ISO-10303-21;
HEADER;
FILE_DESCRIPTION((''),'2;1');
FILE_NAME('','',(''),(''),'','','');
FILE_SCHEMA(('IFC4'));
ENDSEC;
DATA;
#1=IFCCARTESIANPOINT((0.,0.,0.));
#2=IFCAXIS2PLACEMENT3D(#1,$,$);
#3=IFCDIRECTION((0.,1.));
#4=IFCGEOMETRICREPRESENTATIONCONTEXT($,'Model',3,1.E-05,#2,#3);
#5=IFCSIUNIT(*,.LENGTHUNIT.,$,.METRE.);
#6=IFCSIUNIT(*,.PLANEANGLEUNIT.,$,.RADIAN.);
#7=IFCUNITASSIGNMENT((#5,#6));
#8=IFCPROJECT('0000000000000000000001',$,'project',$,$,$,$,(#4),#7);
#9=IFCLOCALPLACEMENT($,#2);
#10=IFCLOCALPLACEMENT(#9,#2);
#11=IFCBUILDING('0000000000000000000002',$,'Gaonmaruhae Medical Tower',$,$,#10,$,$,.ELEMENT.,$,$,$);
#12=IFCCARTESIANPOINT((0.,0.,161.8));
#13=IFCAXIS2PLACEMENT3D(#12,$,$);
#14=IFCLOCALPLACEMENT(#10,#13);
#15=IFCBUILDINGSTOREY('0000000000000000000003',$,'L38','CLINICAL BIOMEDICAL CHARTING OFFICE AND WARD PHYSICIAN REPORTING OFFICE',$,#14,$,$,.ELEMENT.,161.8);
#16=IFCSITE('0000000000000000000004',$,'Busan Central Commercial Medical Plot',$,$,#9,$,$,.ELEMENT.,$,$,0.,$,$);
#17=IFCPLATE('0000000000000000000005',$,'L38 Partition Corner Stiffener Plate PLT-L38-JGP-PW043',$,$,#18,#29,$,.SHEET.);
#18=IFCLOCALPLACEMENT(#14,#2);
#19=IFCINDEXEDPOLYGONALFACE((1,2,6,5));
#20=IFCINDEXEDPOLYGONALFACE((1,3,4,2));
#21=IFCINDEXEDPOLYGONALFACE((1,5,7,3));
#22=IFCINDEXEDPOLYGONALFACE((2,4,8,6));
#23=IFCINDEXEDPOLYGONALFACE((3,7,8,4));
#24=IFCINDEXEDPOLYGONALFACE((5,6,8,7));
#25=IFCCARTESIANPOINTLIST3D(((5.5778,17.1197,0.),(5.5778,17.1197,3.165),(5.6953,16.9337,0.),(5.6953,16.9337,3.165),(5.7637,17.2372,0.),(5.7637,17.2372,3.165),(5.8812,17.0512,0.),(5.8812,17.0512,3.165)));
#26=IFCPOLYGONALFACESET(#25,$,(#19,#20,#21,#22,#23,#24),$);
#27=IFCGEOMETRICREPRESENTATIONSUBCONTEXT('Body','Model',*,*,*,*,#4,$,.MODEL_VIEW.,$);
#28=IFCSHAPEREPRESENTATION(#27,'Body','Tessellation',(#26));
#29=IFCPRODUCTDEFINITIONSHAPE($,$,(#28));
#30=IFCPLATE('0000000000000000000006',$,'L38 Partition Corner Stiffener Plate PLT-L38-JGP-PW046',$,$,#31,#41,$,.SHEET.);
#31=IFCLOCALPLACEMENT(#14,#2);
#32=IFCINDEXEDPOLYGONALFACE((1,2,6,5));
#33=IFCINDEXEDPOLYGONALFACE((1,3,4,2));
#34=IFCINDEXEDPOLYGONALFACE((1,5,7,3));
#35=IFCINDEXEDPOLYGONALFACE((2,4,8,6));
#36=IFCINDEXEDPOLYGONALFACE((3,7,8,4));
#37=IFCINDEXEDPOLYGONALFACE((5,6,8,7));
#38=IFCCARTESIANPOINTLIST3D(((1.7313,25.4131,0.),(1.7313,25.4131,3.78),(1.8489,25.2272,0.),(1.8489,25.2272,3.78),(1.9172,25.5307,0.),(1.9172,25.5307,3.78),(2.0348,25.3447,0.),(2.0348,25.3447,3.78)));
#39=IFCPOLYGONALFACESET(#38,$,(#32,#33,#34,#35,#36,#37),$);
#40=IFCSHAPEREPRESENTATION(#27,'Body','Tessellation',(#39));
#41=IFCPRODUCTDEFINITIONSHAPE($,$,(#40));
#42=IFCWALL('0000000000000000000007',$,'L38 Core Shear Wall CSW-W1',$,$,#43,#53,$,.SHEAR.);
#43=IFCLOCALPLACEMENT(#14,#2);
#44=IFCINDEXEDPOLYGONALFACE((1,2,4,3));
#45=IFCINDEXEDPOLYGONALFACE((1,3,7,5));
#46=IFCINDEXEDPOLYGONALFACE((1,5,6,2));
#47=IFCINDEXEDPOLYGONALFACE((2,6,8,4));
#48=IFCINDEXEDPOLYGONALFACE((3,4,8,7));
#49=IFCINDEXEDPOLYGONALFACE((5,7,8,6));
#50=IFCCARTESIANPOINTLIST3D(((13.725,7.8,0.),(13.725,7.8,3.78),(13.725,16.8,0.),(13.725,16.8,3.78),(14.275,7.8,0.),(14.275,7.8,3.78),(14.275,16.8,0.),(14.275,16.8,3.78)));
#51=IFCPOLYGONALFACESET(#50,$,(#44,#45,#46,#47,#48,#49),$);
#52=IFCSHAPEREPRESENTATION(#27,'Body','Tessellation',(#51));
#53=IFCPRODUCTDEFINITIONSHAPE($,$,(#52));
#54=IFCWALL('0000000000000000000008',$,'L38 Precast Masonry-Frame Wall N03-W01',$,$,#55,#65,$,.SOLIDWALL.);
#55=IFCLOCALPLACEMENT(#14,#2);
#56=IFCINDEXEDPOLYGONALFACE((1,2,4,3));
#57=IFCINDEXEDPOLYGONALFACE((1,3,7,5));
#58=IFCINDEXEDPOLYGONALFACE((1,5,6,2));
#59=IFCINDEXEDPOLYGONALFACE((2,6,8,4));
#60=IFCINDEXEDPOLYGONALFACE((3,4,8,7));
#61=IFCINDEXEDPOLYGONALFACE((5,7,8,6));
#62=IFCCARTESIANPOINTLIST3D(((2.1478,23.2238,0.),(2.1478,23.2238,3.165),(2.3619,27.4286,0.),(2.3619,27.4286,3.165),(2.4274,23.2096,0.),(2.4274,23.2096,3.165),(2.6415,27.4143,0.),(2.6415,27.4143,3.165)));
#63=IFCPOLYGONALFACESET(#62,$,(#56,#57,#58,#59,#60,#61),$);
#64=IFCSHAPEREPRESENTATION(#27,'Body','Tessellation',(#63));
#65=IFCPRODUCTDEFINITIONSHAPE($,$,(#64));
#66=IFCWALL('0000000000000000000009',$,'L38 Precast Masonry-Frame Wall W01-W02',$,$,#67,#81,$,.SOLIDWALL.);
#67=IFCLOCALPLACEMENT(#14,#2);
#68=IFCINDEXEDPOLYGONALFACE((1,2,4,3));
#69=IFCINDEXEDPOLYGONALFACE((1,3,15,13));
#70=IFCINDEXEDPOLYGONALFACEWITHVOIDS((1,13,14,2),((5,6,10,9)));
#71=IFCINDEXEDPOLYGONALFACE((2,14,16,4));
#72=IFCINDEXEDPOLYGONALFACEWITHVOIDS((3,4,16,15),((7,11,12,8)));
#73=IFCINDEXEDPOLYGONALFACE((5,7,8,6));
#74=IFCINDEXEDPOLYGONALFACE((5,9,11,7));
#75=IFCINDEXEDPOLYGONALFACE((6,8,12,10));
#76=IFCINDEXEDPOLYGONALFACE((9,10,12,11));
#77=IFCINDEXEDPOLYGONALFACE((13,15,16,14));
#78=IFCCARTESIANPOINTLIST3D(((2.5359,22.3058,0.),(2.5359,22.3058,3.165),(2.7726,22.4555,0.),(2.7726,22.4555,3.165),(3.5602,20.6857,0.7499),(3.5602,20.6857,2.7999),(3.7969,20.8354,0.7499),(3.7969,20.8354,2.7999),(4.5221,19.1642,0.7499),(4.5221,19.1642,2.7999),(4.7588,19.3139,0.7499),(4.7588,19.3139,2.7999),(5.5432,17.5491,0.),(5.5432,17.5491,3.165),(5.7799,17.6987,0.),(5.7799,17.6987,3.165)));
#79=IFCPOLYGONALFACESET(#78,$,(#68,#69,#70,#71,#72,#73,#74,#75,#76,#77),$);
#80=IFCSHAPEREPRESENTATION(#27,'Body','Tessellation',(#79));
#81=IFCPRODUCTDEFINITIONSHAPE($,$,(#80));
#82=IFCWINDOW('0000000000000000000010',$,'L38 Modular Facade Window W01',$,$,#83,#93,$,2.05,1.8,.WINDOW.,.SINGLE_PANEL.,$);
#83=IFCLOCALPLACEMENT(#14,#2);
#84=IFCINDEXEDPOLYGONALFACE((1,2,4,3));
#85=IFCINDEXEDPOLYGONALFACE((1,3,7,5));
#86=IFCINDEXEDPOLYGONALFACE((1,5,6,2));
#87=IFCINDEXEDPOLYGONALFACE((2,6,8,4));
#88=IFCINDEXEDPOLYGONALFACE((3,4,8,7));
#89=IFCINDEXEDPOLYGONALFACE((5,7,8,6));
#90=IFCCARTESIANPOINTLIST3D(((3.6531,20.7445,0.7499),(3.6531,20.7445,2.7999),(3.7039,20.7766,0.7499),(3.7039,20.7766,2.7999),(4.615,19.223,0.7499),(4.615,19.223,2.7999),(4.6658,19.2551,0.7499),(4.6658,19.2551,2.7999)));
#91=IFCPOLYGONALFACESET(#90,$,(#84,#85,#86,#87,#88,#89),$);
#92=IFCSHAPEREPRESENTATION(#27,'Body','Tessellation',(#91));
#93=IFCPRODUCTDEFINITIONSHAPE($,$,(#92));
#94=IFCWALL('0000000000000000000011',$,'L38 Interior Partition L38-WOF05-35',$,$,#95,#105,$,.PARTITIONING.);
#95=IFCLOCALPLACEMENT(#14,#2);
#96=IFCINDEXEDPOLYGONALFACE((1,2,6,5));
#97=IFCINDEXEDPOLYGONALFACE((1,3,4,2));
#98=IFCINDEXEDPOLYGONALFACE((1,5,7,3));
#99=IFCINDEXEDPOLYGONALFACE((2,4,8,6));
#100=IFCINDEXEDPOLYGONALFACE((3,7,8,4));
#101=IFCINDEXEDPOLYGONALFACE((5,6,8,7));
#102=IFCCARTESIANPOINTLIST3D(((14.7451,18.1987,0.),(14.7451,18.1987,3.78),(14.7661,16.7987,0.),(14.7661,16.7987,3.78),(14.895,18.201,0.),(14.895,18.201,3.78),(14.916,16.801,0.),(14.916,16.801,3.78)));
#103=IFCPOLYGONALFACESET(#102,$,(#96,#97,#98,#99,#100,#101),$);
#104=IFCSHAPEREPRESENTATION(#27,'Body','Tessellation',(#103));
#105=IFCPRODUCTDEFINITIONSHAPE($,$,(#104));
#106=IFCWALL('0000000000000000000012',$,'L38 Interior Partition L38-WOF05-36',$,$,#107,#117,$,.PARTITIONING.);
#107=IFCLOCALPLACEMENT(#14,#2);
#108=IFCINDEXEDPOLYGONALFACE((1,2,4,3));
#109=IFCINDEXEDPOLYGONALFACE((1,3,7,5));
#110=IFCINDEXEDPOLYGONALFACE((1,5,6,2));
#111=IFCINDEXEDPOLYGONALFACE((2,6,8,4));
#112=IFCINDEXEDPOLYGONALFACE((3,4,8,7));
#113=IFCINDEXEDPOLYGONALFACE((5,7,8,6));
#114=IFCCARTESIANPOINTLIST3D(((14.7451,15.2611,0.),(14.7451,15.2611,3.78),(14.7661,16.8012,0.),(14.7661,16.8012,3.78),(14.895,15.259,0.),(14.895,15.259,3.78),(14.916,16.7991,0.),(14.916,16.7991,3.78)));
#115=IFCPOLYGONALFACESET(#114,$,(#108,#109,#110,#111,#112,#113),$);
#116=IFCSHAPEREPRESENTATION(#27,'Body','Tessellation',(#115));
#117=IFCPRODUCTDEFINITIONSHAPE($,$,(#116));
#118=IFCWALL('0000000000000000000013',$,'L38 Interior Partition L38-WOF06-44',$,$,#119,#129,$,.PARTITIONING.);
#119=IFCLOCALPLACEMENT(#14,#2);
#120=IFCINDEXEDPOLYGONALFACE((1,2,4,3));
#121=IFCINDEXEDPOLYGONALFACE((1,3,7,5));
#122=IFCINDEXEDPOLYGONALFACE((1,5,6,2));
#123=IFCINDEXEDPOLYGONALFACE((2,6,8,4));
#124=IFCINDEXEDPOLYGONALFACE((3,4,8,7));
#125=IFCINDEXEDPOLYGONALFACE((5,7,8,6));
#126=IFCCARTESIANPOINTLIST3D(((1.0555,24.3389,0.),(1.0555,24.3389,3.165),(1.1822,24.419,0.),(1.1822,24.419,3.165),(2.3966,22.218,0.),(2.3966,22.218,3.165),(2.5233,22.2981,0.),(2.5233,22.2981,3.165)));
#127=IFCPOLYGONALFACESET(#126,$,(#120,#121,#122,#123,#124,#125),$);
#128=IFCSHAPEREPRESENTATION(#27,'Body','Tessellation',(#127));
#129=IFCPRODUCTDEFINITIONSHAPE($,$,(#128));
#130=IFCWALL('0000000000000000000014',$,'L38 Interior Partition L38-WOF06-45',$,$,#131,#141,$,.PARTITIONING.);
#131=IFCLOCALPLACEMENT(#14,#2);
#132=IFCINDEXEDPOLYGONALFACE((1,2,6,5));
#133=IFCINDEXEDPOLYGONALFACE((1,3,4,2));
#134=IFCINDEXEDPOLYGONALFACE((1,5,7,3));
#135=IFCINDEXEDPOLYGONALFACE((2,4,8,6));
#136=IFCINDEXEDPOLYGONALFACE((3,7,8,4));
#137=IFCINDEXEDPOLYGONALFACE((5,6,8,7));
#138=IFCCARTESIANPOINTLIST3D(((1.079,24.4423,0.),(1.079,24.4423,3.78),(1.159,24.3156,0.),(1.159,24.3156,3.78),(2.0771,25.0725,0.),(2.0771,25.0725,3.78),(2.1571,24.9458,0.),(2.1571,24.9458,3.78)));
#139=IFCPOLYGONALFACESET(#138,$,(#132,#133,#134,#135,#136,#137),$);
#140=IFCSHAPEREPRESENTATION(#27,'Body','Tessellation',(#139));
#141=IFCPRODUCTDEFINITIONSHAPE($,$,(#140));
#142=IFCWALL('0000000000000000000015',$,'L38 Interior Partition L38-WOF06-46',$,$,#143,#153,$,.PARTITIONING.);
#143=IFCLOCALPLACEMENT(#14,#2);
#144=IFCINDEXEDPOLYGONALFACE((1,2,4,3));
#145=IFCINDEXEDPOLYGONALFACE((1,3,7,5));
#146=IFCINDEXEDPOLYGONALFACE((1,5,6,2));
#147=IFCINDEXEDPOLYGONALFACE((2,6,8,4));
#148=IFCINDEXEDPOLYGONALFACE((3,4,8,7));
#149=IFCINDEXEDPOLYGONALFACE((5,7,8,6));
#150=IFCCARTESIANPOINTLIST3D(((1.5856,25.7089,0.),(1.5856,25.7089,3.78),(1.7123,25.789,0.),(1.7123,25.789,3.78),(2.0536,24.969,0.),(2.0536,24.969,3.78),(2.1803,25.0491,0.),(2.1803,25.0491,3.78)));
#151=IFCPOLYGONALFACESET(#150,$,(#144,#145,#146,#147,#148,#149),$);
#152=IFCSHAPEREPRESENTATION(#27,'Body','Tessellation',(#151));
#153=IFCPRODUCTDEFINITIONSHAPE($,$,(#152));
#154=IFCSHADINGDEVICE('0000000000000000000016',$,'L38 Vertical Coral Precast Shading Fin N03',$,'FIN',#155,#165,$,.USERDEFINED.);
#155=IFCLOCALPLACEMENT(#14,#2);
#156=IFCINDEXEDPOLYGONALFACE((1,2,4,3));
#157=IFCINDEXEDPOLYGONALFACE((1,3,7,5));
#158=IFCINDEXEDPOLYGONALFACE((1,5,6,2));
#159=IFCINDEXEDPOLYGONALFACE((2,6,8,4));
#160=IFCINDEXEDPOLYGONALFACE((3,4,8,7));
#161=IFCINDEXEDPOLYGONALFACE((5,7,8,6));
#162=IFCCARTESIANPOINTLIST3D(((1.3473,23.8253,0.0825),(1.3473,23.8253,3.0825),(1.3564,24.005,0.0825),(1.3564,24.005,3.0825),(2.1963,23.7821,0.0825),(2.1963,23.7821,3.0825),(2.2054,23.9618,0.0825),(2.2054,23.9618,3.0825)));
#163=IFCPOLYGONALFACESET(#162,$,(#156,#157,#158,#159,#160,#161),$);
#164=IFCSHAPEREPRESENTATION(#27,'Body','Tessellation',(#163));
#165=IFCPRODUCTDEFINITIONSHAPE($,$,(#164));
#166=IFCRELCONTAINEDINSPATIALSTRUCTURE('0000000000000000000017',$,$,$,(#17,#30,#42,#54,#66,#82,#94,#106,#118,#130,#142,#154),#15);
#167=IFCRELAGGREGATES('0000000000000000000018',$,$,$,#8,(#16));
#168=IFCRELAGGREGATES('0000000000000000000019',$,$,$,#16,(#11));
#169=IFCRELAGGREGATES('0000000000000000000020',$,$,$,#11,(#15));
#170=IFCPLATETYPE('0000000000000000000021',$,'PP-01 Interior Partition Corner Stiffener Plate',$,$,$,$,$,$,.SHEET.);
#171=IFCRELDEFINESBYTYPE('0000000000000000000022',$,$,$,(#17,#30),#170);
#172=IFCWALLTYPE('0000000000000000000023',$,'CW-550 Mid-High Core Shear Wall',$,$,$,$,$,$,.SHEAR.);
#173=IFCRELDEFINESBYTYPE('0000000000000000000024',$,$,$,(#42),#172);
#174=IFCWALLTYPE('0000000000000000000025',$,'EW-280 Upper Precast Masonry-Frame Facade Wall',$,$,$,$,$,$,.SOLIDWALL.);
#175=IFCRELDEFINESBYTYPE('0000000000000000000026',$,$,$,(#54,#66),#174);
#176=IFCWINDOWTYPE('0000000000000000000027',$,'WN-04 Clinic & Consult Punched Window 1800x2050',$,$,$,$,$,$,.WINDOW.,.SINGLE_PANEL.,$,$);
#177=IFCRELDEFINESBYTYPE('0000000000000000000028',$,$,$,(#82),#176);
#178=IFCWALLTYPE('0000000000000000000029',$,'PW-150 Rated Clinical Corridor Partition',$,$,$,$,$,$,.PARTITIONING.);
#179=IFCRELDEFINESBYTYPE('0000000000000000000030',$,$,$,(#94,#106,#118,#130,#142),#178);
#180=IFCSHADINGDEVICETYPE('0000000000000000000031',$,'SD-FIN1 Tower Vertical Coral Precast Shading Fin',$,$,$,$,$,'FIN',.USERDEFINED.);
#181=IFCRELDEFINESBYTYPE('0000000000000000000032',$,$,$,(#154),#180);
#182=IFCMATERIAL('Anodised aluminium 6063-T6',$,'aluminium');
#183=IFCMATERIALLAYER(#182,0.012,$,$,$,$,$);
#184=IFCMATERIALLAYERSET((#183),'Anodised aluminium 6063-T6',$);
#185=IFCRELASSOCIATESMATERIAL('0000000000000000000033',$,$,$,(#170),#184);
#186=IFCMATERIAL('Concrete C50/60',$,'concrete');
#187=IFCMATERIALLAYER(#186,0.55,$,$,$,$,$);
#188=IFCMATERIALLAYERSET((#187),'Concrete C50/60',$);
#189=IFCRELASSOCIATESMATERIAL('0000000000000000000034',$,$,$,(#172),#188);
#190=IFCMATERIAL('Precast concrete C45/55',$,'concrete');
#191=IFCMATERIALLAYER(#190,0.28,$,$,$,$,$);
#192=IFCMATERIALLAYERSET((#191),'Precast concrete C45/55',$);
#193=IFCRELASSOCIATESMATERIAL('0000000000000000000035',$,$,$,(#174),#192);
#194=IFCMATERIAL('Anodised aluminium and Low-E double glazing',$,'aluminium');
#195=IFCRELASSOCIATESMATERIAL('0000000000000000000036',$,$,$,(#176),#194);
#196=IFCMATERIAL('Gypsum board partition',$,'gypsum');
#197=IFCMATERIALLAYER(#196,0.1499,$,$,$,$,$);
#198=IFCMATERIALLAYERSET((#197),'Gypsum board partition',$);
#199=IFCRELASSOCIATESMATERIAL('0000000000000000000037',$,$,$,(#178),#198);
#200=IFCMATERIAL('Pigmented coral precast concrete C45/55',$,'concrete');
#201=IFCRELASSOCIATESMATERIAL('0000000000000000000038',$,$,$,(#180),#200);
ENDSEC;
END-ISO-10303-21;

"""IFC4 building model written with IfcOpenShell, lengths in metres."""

from ifc_helpers import new_model, si_unit, direction, frame, frame_2d, origin, origin_2d, place, context, subcontext, project, spatial, rectangle, extrude, material, layer, layer_set, type_object, element, fill, save


model = new_model("IFC4")

# Units and contexts
model_context = context("Model", 3, precision=1e-05, world=origin(), true_north=direction((0.0, 1.0)))
body_context = subcontext(model_context, "Body", "Model", "MODEL_VIEW")
ifc_project = project(units=[si_unit("LENGTHUNIT", "METRE"), si_unit("PLANEANGLEUNIT", "RADIAN")], contexts=[model_context])

# Site, building, storey
site_placement = place(None, origin())
site = spatial("IfcSite", under=ifc_project, at=site_placement, Name="Busan Central Commercial Medical Plot", CompositionType="ELEMENT", RefElevation=0.0)
building_placement = place(site_placement, origin())
building = spatial("IfcBuilding", under=site, at=building_placement, Name="Gaonmaruhae Medical Tower", CompositionType="ELEMENT")
storey_placement = place(building_placement, frame((0.0, 0.0, 161.8)))
storey = spatial("IfcBuildingStorey", under=building, at=storey_placement, Name="L38", Description="CLINICAL BIOMEDICAL CHARTING OFFICE AND WARD PHYSICIAN REPORTING OFFICE", CompositionType="ELEMENT", Elevation=161.8)

# Shared definitions
ifc_material_1 = material(Name="Concrete C50/60", Category="concrete")

# Plates
ifc_material_2 = material(Name="Anodised aluminium 6063-T6", Category="aluminium")
ifc_layer_1 = layer(ifc_material_2, 0.012)
ifc_layer_set_1 = layer_set([ifc_layer_1], Name="Anodised aluminium 6063-T6")
plate_type = type_object("IfcPlateType", Name="PP-01 Interior Partition Corner Stiffener Plate", PredefinedType="SHEET", material=ifc_layer_set_1)
plate_1_placement = place(storey_placement, frame((5.7295, 17.0854, 0.0), z_axis=(0.0, 0.0, 1.0), x_axis=(-0.534102, 0.84542, 0.0)))
element("IfcPlate", 1, at=plate_1_placement, inside=storey, type_object=plate_type, Name="L38 Partition Corner Stiffener Plate PLT-L38-JGP-PW043", PredefinedType="SHEET", context=body_context, shape_type="SweptSolid", body=[
    extrude(rectangle(XDim=0.22, YDim=0.22, at=origin_2d()), origin(), (0.0, 0.0, 1.0), 3.165),
])
plate_2_placement = place(storey_placement, frame((1.8831, 25.3789, 0.0), z_axis=(0.0, 0.0, 1.0), x_axis=(-0.534515, 0.845159, 0.0)))
element("IfcPlate", 2, at=plate_2_placement, inside=storey, type_object=plate_type, Name="L38 Partition Corner Stiffener Plate PLT-L38-JGP-PW046", PredefinedType="SHEET", context=body_context, shape_type="SweptSolid", body=[
    extrude(rectangle(XDim=0.22, YDim=0.22, at=origin_2d()), origin(), (0.0, 0.0, 1.0), 3.78),
])

# Walls
ifc_layer_2 = layer(ifc_material_1, 0.55)
ifc_layer_set_2 = layer_set([ifc_layer_2], Name="Concrete C50/60")
wall_type_1 = type_object("IfcWallType", Name="CW-550 Mid-High Core Shear Wall", PredefinedType="SHEAR", material=ifc_layer_set_2)
wall_1_placement = place(storey_placement, frame((14.0, 16.8, 0.0), z_axis=(0.0, 0.0, 1.0), x_axis=(0.0, -1.0, 0.0)))
element("IfcWall", 3, at=wall_1_placement, inside=storey, type_object=wall_type_1, Name="L38 Core Shear Wall CSW-W1", PredefinedType="SHEAR", context=body_context, shape_type="SweptSolid", body=[
    extrude(rectangle(XDim=9.0, YDim=0.55, at=frame_2d((4.5, 0.0))), origin(), (0.0, 0.0, 1.0), 3.78),
])
ifc_material_3 = material(Name="Precast concrete C45/55", Category="concrete")
ifc_layer_3 = layer(ifc_material_3, 0.28)
ifc_layer_set_3 = layer_set([ifc_layer_3], Name="Precast concrete C45/55")
wall_type_2 = type_object("IfcWallType", Name="EW-280 Upper Precast Masonry-Frame Facade Wall", PredefinedType="SOLIDWALL", material=ifc_layer_set_3)
wall_2_placement = place(storey_placement, frame((2.2876, 23.2168, 0.0), z_axis=(0.0, 0.0, 1.0), x_axis=(0.050854, 0.998706, 0.0)))
element("IfcWall", 4, at=wall_2_placement, inside=storey, type_object=wall_type_2, Name="L38 Precast Masonry-Frame Wall N03-W01", PredefinedType="SOLIDWALL", context=body_context, shape_type="SweptSolid", body=[
    extrude(rectangle(XDim=4.2102, YDim=0.28, at=frame_2d((2.105, 0.0))), origin(), (0.0, 0.0, 1.0), 3.165),
])

# Wall, opening, window
wall_3_placement = place(storey_placement, frame((5.6616, 17.6238, 0.0), z_axis=(0.0, 0.0, 1.0), x_axis=(-0.534375, 0.845248, 0.0)))
wall_3 = element("IfcWall", 5, at=wall_3_placement, inside=storey, type_object=wall_type_2, Name="L38 Precast Masonry-Frame Wall W01-W02", PredefinedType="SOLIDWALL", context=body_context, shape_type="SweptSolid", body=[
    extrude(rectangle(XDim=5.6277, YDim=0.28, at=frame_2d((2.814, 0.0))), origin(), (0.0, 0.0, 1.0), 3.165),
])
opening_placement = place(wall_3_placement, frame((1.9111, 0.0, 0.75)))
opening = element("IfcOpeningElement", 6, at=opening_placement, cuts=wall_3, PredefinedType="OPENING", context=body_context, shape_type="SweptSolid", body=[
    extrude(rectangle(XDim=1.8, YDim=2.05, at=frame_2d((0.8999, 1.0249))), frame((0.0, 0.1499, 0.0), z_axis=(0.0, -1.0, 0.0), x_axis=(1.0, 0.0, 0.0)), (0.0, 0.0, 1.0), 0.3),
])
ifc_material_4 = material(Name="Anodised aluminium and Low-E double glazing", Category="aluminium")
window_type = type_object("IfcWindowType", Name="WN-04 Clinic & Consult Punched Window 1800x2050", PartitioningType="SINGLE_PANEL", PredefinedType="WINDOW", material=ifc_material_4)
window_placement = place(opening_placement, origin())
window = element("IfcWindow", 7, at=window_placement, inside=storey, type_object=window_type, Name="L38 Modular Facade Window W01", OverallHeight=2.05, OverallWidth=1.8, PartitioningType="SINGLE_PANEL", PredefinedType="WINDOW", context=body_context, shape_type="SweptSolid", body=[
    extrude(rectangle(XDim=1.8, YDim=2.05, at=frame_2d((0.8999, 1.0249))), frame((0.0, 0.03, 0.0), z_axis=(0.0, -1.0, 0.0), x_axis=(1.0, 0.0, 0.0)), (0.0, 0.0, 1.0), 0.0601),
])
fill(opening, window)

# Walls
ifc_material_5 = material(Name="Gypsum board partition", Category="gypsum")
ifc_layer_4 = layer(ifc_material_5, 0.1499)
ifc_layer_set_4 = layer_set([ifc_layer_4], Name="Gypsum board partition")
wall_type_3 = type_object("IfcWallType", Name="PW-150 Rated Clinical Corridor Partition", PredefinedType="PARTITIONING", material=ifc_layer_set_4)
wall_4_placement = place(storey_placement, frame((14.8201, 18.2, 0.0), z_axis=(0.0, 0.0, 1.0), x_axis=(0.014997, -0.999888, 0.0)))
element("IfcWall", 8, at=wall_4_placement, inside=storey, type_object=wall_type_3, Name="L38 Interior Partition L38-WOF05-35", PredefinedType="PARTITIONING", context=body_context, shape_type="SweptSolid", body=[
    extrude(rectangle(XDim=1.4001, YDim=0.1499, at=frame_2d((0.7002, 0.0))), origin(), (0.0, 0.0, 1.0), 3.78),
])
wall_5_placement = place(storey_placement, frame((14.8411, 16.8, 0.0), z_axis=(0.0, 0.0, 1.0), x_axis=(-0.013632, -0.999907, 0.0)))
element("IfcWall", 9, at=wall_5_placement, inside=storey, type_object=wall_type_3, Name="L38 Interior Partition L38-WOF05-36", PredefinedType="PARTITIONING", context=body_context, shape_type="SweptSolid", body=[
    extrude(rectangle(XDim=1.5403, YDim=0.1499, at=frame_2d((0.77, 0.0))), origin(), (0.0, 0.0, 1.0), 3.78),
])
wall_6_placement = place(storey_placement, frame((2.46, 22.2581, 0.0), z_axis=(0.0, 0.0, 1.0), x_axis=(-0.534443, 0.845204, 0.0)))
element("IfcWall", 10, at=wall_6_placement, inside=storey, type_object=wall_type_3, Name="L38 Interior Partition L38-WOF06-44", PredefinedType="PARTITIONING", context=body_context, shape_type="SweptSolid", body=[
    extrude(rectangle(XDim=2.5093, YDim=0.1499, at=frame_2d((1.2546, 0.0))), origin(), (0.0, 0.0, 1.0), 3.165),
])
wall_7_placement = place(storey_placement, frame((1.1189, 24.3789, 0.0), z_axis=(0.0, 0.0, 1.0), x_axis=(0.845572, 0.533861, 0.0)))
element("IfcWall", 11, at=wall_7_placement, inside=storey, type_object=wall_type_3, Name="L38 Interior Partition L38-WOF06-45", PredefinedType="PARTITIONING", context=body_context, shape_type="SweptSolid", body=[
    extrude(rectangle(XDim=1.1804, YDim=0.1499, at=frame_2d((0.5903, 0.0))), origin(), (0.0, 0.0, 1.0), 3.78),
])
wall_8_placement = place(storey_placement, frame((2.1169, 25.009, 0.0), z_axis=(0.0, 0.0, 1.0), x_axis=(-0.534528, 0.845151, 0.0)))
element("IfcWall", 12, at=wall_8_placement, inside=storey, type_object=wall_type_3, Name="L38 Interior Partition L38-WOF06-46", PredefinedType="PARTITIONING", context=body_context, shape_type="SweptSolid", body=[
    extrude(rectangle(XDim=0.8755, YDim=0.1499, at=frame_2d((0.4377, 0.0))), origin(), (0.0, 0.0, 1.0), 3.78),
])

# Shading device
ifc_material_6 = material(Name="Pigmented coral precast concrete C45/55", Category="concrete")
shading_device_type = type_object("IfcShadingDeviceType", Name="SD-FIN1 Tower Vertical Coral Precast Shading Fin", ElementType="FIN", PredefinedType="USERDEFINED", material=ifc_material_6)
shading_device_placement = place(storey_placement, frame((1.7764, 23.8936, 0.0825), z_axis=(0.0, 0.0, 1.0), x_axis=(0.050907, 0.998703, 0.0)))
element("IfcShadingDevice", 13, at=shading_device_placement, inside=storey, type_object=shading_device_type, Name="L38 Vertical Coral Precast Shading Fin N03", ObjectType="FIN", PredefinedType="USERDEFINED", context=body_context, shape_type="SweptSolid", body=[
    extrude(rectangle(XDim=0.1799, YDim=0.8501, at=origin_2d()), origin(), (0.0, 0.0, 1.0), 3.0),
])

save(model, "model.ifc")
